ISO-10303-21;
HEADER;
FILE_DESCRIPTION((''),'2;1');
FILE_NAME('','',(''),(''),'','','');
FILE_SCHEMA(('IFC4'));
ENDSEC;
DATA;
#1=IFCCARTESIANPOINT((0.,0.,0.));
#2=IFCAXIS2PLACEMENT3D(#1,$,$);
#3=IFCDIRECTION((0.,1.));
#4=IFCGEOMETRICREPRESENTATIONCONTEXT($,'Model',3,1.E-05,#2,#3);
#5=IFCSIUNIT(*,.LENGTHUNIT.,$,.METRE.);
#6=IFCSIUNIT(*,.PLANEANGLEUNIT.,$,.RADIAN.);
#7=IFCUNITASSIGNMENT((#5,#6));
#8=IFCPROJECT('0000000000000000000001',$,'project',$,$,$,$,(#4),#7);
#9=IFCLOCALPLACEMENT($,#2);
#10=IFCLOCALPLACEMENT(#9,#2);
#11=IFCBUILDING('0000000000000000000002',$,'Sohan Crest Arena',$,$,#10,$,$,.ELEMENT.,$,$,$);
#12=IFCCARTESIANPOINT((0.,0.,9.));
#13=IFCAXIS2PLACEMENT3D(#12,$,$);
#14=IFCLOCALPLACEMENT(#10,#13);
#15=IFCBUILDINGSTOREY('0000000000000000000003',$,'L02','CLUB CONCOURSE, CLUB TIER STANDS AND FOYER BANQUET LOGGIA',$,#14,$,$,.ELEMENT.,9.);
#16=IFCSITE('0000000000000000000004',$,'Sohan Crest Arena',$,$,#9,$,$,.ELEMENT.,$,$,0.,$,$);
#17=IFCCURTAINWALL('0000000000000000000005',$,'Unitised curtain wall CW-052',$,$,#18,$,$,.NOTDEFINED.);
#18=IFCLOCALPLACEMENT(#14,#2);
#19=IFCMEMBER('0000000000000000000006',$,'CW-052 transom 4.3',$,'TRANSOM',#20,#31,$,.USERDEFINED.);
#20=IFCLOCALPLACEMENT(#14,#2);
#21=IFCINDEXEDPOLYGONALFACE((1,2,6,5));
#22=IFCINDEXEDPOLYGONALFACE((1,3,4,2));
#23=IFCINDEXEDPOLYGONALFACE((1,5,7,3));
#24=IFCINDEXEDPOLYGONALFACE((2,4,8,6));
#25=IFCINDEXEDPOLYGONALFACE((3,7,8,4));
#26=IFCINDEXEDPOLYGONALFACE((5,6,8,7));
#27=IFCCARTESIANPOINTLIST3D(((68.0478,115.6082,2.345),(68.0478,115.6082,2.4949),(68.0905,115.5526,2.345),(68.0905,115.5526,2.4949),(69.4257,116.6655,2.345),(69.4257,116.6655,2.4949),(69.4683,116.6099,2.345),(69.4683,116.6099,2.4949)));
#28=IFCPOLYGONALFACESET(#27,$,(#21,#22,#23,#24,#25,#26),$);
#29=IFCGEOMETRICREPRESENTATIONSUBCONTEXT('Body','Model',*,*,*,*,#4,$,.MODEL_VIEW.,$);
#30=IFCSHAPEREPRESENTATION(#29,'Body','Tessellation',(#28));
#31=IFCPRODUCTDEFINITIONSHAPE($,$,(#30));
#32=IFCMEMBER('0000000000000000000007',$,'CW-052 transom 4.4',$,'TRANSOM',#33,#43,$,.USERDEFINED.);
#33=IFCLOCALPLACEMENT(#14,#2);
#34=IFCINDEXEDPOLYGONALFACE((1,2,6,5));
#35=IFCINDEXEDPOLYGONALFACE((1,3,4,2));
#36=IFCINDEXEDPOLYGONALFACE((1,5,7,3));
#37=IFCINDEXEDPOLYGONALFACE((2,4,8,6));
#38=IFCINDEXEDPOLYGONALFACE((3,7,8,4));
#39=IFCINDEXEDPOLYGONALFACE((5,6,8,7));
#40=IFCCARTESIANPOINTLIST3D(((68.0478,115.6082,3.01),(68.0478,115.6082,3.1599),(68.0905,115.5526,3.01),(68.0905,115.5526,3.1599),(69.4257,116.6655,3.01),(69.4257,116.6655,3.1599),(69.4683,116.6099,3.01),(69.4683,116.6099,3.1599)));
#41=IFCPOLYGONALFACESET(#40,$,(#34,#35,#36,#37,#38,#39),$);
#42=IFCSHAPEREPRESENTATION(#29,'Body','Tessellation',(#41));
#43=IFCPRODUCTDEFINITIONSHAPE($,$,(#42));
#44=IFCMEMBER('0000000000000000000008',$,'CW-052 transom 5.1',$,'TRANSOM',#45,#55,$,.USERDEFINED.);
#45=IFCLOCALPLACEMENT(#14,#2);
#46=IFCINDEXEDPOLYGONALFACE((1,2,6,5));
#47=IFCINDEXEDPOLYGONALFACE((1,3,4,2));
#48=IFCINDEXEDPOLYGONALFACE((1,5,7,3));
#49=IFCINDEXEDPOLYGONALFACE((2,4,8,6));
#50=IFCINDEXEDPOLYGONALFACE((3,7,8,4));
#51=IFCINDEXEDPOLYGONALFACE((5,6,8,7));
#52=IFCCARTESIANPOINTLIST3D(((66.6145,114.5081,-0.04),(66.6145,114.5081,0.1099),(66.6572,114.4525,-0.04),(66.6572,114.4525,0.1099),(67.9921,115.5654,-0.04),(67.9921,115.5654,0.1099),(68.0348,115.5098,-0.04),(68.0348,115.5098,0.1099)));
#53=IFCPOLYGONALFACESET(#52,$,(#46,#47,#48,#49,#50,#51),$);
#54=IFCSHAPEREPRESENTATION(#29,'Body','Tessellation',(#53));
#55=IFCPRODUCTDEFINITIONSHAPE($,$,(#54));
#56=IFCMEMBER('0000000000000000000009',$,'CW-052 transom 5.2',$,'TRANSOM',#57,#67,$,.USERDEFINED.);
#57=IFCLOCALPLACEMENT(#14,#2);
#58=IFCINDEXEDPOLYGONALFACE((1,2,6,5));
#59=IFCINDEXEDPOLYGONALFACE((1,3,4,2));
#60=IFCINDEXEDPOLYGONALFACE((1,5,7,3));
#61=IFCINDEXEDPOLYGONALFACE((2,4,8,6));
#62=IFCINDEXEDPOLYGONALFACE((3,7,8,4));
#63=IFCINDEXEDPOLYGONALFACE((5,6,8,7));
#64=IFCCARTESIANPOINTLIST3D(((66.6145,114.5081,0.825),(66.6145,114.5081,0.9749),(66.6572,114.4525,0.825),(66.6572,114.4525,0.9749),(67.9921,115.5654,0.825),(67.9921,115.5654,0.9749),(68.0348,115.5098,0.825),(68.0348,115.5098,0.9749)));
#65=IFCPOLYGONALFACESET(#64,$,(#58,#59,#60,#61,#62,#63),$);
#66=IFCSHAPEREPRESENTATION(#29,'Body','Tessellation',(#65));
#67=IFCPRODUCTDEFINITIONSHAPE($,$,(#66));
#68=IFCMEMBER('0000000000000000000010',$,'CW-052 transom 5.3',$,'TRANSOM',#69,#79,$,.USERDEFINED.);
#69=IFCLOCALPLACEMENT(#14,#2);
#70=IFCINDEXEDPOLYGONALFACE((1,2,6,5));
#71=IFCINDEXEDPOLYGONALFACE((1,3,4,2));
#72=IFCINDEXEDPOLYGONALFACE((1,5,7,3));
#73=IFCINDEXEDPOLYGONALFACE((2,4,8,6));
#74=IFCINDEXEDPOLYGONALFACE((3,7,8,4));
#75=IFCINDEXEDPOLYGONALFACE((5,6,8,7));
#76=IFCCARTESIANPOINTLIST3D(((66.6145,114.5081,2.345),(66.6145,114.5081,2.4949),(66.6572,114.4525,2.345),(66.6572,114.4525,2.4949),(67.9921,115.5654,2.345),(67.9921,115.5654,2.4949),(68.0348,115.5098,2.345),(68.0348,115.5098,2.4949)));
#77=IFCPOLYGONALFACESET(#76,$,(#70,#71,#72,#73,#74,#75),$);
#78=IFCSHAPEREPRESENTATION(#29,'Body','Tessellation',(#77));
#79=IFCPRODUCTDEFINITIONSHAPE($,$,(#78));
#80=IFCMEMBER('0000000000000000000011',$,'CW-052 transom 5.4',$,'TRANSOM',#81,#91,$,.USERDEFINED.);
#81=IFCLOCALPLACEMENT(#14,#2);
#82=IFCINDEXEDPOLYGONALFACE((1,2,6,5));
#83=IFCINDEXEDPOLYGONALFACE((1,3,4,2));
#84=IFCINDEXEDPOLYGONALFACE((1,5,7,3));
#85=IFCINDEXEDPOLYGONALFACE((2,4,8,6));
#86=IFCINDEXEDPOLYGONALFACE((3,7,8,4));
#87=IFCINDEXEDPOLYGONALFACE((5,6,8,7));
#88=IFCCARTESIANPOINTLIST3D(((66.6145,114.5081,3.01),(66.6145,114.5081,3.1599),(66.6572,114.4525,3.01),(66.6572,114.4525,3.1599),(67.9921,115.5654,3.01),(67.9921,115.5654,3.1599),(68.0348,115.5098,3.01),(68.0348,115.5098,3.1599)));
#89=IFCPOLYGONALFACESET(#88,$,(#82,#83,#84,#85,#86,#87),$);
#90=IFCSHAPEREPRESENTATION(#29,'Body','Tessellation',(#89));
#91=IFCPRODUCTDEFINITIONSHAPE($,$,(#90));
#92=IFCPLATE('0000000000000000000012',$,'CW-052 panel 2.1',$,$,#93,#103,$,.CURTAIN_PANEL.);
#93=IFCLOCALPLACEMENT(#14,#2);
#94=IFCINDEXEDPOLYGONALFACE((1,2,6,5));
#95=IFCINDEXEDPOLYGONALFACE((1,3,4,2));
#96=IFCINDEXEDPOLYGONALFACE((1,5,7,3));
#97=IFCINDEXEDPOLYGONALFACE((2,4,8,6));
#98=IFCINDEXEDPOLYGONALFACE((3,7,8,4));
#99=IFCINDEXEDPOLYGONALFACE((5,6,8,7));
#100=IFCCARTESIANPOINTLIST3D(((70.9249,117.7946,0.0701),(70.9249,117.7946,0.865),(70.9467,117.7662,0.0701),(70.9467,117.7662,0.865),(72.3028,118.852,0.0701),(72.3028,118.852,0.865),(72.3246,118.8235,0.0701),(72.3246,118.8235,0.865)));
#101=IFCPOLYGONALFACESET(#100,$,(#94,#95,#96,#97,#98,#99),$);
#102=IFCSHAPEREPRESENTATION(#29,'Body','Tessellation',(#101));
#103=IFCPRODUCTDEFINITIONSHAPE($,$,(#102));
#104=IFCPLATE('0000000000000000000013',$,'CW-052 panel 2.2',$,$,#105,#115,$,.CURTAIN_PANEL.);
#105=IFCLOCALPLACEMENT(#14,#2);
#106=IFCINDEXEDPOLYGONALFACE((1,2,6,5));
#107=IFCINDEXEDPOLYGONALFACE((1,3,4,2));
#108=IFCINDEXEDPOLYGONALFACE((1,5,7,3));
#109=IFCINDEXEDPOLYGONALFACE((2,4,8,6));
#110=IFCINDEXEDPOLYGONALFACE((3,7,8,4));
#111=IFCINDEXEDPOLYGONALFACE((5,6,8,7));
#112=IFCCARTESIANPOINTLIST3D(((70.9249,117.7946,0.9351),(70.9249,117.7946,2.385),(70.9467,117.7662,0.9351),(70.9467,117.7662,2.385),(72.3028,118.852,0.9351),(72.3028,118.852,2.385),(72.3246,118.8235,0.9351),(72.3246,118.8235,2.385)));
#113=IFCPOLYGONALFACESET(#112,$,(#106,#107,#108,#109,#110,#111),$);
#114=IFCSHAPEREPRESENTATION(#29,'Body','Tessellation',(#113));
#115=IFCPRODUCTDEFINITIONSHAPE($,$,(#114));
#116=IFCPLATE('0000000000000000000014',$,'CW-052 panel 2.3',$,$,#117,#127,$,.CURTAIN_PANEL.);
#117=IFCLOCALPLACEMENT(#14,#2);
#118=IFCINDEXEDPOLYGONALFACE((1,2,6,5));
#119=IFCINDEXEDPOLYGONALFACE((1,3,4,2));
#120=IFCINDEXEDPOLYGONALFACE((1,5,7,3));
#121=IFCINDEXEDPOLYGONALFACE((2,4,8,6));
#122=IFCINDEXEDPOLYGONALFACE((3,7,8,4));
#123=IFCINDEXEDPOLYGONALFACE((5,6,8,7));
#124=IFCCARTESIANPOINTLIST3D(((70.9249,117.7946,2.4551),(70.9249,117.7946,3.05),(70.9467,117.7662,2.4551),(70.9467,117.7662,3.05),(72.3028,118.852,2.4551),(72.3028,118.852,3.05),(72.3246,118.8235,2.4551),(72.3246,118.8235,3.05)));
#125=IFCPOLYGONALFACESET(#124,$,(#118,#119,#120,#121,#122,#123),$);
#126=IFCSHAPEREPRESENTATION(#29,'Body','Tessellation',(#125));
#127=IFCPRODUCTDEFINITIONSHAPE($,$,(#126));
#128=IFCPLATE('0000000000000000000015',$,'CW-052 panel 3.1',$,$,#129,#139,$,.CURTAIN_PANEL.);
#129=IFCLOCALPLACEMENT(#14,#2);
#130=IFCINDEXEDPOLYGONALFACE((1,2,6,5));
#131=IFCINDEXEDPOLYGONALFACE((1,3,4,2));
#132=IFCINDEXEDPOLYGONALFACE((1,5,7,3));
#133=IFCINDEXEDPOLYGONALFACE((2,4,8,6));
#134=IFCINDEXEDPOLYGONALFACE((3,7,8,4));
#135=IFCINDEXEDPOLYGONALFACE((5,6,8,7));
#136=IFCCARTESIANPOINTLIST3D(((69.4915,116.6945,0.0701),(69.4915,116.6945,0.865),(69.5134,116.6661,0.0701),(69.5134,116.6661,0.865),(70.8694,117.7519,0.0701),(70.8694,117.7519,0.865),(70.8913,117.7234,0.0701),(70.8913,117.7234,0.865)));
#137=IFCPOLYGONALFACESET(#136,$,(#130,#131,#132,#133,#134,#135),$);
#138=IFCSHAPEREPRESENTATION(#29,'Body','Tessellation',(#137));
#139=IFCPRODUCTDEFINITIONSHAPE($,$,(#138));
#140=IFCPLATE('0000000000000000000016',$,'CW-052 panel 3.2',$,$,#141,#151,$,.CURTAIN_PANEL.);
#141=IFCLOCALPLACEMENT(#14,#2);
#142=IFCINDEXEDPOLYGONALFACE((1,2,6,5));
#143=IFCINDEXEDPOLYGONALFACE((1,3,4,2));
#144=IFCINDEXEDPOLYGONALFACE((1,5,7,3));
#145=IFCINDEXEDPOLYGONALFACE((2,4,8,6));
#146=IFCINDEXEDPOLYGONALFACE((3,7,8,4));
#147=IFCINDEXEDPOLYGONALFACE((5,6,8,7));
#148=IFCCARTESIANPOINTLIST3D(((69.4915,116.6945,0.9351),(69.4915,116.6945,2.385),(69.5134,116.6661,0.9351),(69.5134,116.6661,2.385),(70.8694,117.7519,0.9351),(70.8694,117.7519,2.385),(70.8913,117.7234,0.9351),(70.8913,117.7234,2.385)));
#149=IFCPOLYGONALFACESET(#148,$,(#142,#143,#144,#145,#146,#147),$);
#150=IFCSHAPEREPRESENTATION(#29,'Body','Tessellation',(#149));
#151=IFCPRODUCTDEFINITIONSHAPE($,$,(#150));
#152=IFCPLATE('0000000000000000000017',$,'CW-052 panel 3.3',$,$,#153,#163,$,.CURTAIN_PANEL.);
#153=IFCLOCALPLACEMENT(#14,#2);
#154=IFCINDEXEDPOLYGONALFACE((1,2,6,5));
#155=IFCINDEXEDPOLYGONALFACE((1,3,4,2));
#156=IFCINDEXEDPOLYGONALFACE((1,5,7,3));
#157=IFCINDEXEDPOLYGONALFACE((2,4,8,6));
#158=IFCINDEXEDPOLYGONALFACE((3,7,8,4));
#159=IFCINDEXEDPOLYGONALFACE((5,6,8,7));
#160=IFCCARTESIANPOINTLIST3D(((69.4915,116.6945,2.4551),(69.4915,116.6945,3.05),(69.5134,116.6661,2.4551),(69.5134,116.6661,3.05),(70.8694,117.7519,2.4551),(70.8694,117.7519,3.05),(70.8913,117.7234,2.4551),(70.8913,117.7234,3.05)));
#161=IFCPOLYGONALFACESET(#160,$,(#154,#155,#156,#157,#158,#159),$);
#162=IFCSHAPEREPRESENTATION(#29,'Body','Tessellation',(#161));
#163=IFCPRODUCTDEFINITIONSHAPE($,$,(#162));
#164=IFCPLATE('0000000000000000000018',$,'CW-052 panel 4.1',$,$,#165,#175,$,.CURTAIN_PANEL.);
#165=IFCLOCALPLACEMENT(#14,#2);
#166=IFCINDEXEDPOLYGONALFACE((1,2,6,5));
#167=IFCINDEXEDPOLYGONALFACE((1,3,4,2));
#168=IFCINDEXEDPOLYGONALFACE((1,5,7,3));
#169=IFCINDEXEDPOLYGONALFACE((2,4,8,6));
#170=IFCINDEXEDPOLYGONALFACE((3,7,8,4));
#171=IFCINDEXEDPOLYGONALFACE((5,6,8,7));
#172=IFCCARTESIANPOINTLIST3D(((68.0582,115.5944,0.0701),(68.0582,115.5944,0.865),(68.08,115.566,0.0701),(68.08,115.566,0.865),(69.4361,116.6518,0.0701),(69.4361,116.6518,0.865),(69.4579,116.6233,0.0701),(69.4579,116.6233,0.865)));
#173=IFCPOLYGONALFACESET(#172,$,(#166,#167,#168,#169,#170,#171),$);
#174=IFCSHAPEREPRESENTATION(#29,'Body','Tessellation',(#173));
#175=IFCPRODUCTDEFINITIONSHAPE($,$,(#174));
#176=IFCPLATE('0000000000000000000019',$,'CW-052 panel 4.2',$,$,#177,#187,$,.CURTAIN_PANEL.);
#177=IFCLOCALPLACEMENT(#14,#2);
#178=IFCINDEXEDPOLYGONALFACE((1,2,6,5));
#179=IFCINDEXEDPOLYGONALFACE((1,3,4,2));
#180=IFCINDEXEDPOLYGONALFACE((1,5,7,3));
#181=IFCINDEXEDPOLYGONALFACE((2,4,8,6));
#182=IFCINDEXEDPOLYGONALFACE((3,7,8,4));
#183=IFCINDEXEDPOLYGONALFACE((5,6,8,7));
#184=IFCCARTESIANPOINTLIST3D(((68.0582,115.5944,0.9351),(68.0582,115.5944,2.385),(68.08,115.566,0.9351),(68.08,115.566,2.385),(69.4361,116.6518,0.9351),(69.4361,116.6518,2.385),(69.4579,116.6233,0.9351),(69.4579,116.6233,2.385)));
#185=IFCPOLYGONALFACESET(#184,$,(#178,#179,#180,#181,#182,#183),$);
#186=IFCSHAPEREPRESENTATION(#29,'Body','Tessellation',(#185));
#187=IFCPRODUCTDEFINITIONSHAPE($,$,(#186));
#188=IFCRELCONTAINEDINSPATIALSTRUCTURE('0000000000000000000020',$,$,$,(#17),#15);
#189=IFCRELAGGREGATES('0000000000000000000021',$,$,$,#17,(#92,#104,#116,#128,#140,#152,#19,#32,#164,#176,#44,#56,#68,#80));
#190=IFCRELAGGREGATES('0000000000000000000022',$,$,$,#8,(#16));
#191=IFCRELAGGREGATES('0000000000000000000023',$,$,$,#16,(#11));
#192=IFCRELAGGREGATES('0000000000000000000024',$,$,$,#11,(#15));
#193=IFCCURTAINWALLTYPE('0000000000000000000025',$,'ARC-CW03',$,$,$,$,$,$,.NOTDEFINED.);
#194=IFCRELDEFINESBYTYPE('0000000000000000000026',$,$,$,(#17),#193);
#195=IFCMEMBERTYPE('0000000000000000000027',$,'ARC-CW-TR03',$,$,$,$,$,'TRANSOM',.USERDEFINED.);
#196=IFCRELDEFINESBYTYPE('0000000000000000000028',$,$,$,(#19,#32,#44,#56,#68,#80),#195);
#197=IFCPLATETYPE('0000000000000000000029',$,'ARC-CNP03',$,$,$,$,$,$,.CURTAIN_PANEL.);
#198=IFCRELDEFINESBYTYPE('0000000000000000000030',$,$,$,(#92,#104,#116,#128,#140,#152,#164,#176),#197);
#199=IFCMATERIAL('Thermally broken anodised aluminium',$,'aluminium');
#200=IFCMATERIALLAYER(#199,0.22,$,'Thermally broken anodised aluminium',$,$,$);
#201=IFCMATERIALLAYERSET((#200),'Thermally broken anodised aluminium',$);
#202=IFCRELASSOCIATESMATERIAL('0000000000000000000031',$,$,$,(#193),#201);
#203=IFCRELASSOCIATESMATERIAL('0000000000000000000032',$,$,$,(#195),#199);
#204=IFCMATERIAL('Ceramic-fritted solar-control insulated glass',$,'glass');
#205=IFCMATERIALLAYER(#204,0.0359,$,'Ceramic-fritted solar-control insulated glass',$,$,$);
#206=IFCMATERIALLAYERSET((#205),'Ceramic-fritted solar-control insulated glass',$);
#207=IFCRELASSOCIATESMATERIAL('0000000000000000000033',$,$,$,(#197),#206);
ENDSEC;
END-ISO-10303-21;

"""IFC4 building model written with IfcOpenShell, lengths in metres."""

from ifc_helpers import new_model, si_unit, direction, frame, origin, origin_2d, place, context, subcontext, project, spatial, rectangle, extrude, material, layer, layer_set, material_profile, profile_set, type_object, element, aggregate, save


model = new_model("IFC4")

# Units and contexts
model_context = context("Model", 3, precision=1e-05, world=origin(), true_north=direction((0.0, 1.0)))
body_context = subcontext(model_context, "Body", "Model", "MODEL_VIEW")
ifc_project = project(units=[si_unit("LENGTHUNIT", "METRE"), si_unit("PLANEANGLEUNIT", "RADIAN")], contexts=[model_context])

# Site, building, storey
site_placement = place(None, origin())
site = spatial("IfcSite", under=ifc_project, at=site_placement, Name="Sohan Crest Arena", CompositionType="ELEMENT", RefElevation=0.0)
building_placement = place(site_placement, origin())
building = spatial("IfcBuilding", under=site, at=building_placement, Name="Sohan Crest Arena", CompositionType="ELEMENT")
storey_placement = place(building_placement, frame((0.0, 0.0, 9.0)))
storey = spatial("IfcBuildingStorey", under=building, at=storey_placement, Name="L02", Description="CLUB CONCOURSE, CLUB TIER STANDS AND FOYER BANQUET LOGGIA", CompositionType="ELEMENT", Elevation=9.0)

# Curtain wall, members, plates
ifc_material_1 = material(Name="Thermally broken anodised aluminium", Category="aluminium")
ifc_layer_1 = layer(ifc_material_1, 0.22, Name="Thermally broken anodised aluminium")
ifc_layer_set_1 = layer_set([ifc_layer_1], Name="Thermally broken anodised aluminium")
curtain_wall_type = type_object("IfcCurtainWallType", Name="ARC-CW03", PredefinedType="NOTDEFINED", material=ifc_layer_set_1)
curtain_wall_placement = place(storey_placement, origin())
curtain_wall = element("IfcCurtainWall", 1, at=curtain_wall_placement, inside=storey, type_object=curtain_wall_type, Name="Unitised curtain wall CW-052", PredefinedType="NOTDEFINED")
ifc_material_profile_1 = material_profile(ifc_material_1, rectangle(XDim=0.0701, YDim=0.1499, at=origin_2d()), Name="ALU-TRAN 70x150")
ifc_profile_set_1 = profile_set([ifc_material_profile_1], Name="Thermally broken anodised aluminium")
member_type_1 = type_object("IfcMemberType", Name="ARC-CW-TR03", ElementType="TRANSOM", PredefinedType="USERDEFINED", material=ifc_profile_set_1)
member_1_placement = place(storey_placement, frame((69.447, 116.6377, 2.4199), z_axis=(-0.793339, -0.60878, 0.0), x_axis=(0.60878, -0.793339, 0.0)))
member_1 = element("IfcMember", 2, at=member_1_placement, type_object=member_type_1, Name="CW-052 transom 4.3", ObjectType="TRANSOM", PredefinedType="USERDEFINED", context=body_context, shape_type="SweptSolid", body=[
    extrude(rectangle(XDim=0.0701, YDim=0.1499, at=origin_2d()), origin(), (0.0, 0.0, 1.0), 1.7368),
])
member_2_placement = place(storey_placement, frame((69.447, 116.6377, 3.085), z_axis=(-0.793339, -0.60878, 0.0), x_axis=(0.60878, -0.793339, 0.0)))
member_2 = element("IfcMember", 3, at=member_2_placement, type_object=member_type_1, Name="CW-052 transom 4.4", ObjectType="TRANSOM", PredefinedType="USERDEFINED", context=body_context, shape_type="SweptSolid", body=[
    extrude(rectangle(XDim=0.0701, YDim=0.1499, at=origin_2d()), origin(), (0.0, 0.0, 1.0), 1.7368),
])
member_3_placement = place(storey_placement, frame((68.0134, 115.5376, 0.0349), z_axis=(-0.793287, -0.608848, 0.0), x_axis=(0.608848, -0.793287, 0.0)))
member_3 = element("IfcMember", 4, at=member_3_placement, type_object=member_type_1, Name="CW-052 transom 5.1", ObjectType="TRANSOM", PredefinedType="USERDEFINED", context=body_context, shape_type="SweptSolid", body=[
    extrude(rectangle(XDim=0.0701, YDim=0.1499, at=origin_2d()), origin(), (0.0, 0.0, 1.0), 1.7366),
])
member_4_placement = place(storey_placement, frame((68.0134, 115.5376, 0.8999), z_axis=(-0.793287, -0.608848, 0.0), x_axis=(0.608848, -0.793287, 0.0)))
member_4 = element("IfcMember", 5, at=member_4_placement, type_object=member_type_1, Name="CW-052 transom 5.2", ObjectType="TRANSOM", PredefinedType="USERDEFINED", context=body_context, shape_type="SweptSolid", body=[
    extrude(rectangle(XDim=0.0701, YDim=0.1499, at=origin_2d()), origin(), (0.0, 0.0, 1.0), 1.7366),
])
member_5_placement = place(storey_placement, frame((68.0134, 115.5376, 2.4199), z_axis=(-0.793287, -0.608848, 0.0), x_axis=(0.608848, -0.793287, 0.0)))
member_5 = element("IfcMember", 6, at=member_5_placement, type_object=member_type_1, Name="CW-052 transom 5.3", ObjectType="TRANSOM", PredefinedType="USERDEFINED", context=body_context, shape_type="SweptSolid", body=[
    extrude(rectangle(XDim=0.0701, YDim=0.1499, at=origin_2d()), origin(), (0.0, 0.0, 1.0), 1.7366),
])
member_6_placement = place(storey_placement, frame((68.0134, 115.5376, 3.085), z_axis=(-0.793287, -0.608848, 0.0), x_axis=(0.608848, -0.793287, 0.0)))
member_6 = element("IfcMember", 7, at=member_6_placement, type_object=member_type_1, Name="CW-052 transom 5.4", ObjectType="TRANSOM", PredefinedType="USERDEFINED", context=body_context, shape_type="SweptSolid", body=[
    extrude(rectangle(XDim=0.0701, YDim=0.1499, at=origin_2d()), origin(), (0.0, 0.0, 1.0), 1.7366),
])
ifc_material_2 = material(Name="Ceramic-fritted solar-control insulated glass", Category="glass")
ifc_layer_2 = layer(ifc_material_2, 0.0359, Name="Ceramic-fritted solar-control insulated glass")
ifc_layer_set_2 = layer_set([ifc_layer_2], Name="Ceramic-fritted solar-control insulated glass")
plate_type = type_object("IfcPlateType", Name="ARC-CNP03", PredefinedType="CURTAIN_PANEL", material=ifc_layer_set_2)
plate_1_placement = place(storey_placement, frame((71.6248, 118.3091, 0.0701), z_axis=(0.0, 0.0, 1.0), x_axis=(-0.793329, -0.608793, 0.0)))
plate_1 = element("IfcPlate", 8, at=plate_1_placement, type_object=plate_type, Name="CW-052 panel 2.1", PredefinedType="CURTAIN_PANEL", context=body_context, shape_type="SweptSolid", body=[
    extrude(rectangle(XDim=1.7368, YDim=0.0359, at=origin_2d()), origin(), (0.0, 0.0, 1.0), 0.7949),
])
plate_2_placement = place(storey_placement, frame((71.6248, 118.3091, 0.9351), z_axis=(0.0, 0.0, 1.0), x_axis=(-0.793329, -0.608793, 0.0)))
plate_2 = element("IfcPlate", 9, at=plate_2_placement, type_object=plate_type, Name="CW-052 panel 2.2", PredefinedType="CURTAIN_PANEL", context=body_context, shape_type="SweptSolid", body=[
    extrude(rectangle(XDim=1.7368, YDim=0.0359, at=origin_2d()), origin(), (0.0, 0.0, 1.0), 1.45),
])
plate_3_placement = place(storey_placement, frame((71.6248, 118.3091, 2.4551), z_axis=(0.0, 0.0, 1.0), x_axis=(-0.793329, -0.608793, 0.0)))
plate_3 = element("IfcPlate", 10, at=plate_3_placement, type_object=plate_type, Name="CW-052 panel 2.3", PredefinedType="CURTAIN_PANEL", context=body_context, shape_type="SweptSolid", body=[
    extrude(rectangle(XDim=1.7368, YDim=0.0359, at=origin_2d()), origin(), (0.0, 0.0, 1.0), 0.595),
])
plate_4_placement = place(storey_placement, frame((70.1914, 117.209, 0.0701), z_axis=(0.0, 0.0, 1.0), x_axis=(-0.793329, -0.608793, 0.0)))
plate_4 = element("IfcPlate", 11, at=plate_4_placement, type_object=plate_type, Name="CW-052 panel 3.1", PredefinedType="CURTAIN_PANEL", context=body_context, shape_type="SweptSolid", body=[
    extrude(rectangle(XDim=1.7368, YDim=0.0359, at=origin_2d()), origin(), (0.0, 0.0, 1.0), 0.7949),
])
plate_5_placement = place(storey_placement, frame((70.1914, 117.209, 0.9351), z_axis=(0.0, 0.0, 1.0), x_axis=(-0.793329, -0.608793, 0.0)))
plate_5 = element("IfcPlate", 12, at=plate_5_placement, type_object=plate_type, Name="CW-052 panel 3.2", PredefinedType="CURTAIN_PANEL", context=body_context, shape_type="SweptSolid", body=[
    extrude(rectangle(XDim=1.7368, YDim=0.0359, at=origin_2d()), origin(), (0.0, 0.0, 1.0), 1.45),
])
plate_6_placement = place(storey_placement, frame((70.1914, 117.209, 2.4551), z_axis=(0.0, 0.0, 1.0), x_axis=(-0.793329, -0.608793, 0.0)))
plate_6 = element("IfcPlate", 13, at=plate_6_placement, type_object=plate_type, Name="CW-052 panel 3.3", PredefinedType="CURTAIN_PANEL", context=body_context, shape_type="SweptSolid", body=[
    extrude(rectangle(XDim=1.7368, YDim=0.0359, at=origin_2d()), origin(), (0.0, 0.0, 1.0), 0.595),
])
plate_7_placement = place(storey_placement, frame((68.7581, 116.1089, 0.0701), z_axis=(0.0, 0.0, 1.0), x_axis=(-0.793329, -0.608793, 0.0)))
plate_7 = element("IfcPlate", 14, at=plate_7_placement, type_object=plate_type, Name="CW-052 panel 4.1", PredefinedType="CURTAIN_PANEL", context=body_context, shape_type="SweptSolid", body=[
    extrude(rectangle(XDim=1.7368, YDim=0.0359, at=origin_2d()), origin(), (0.0, 0.0, 1.0), 0.7949),
])
plate_8_placement = place(storey_placement, frame((68.7581, 116.1089, 0.9351), z_axis=(0.0, 0.0, 1.0), x_axis=(-0.793329, -0.608793, 0.0)))
plate_8 = element("IfcPlate", 15, at=plate_8_placement, type_object=plate_type, Name="CW-052 panel 4.2", PredefinedType="CURTAIN_PANEL", context=body_context, shape_type="SweptSolid", body=[
    extrude(rectangle(XDim=1.7368, YDim=0.0359, at=origin_2d()), origin(), (0.0, 0.0, 1.0), 1.45),
])
aggregate(curtain_wall, [plate_1, plate_2, plate_3, plate_4, plate_5, plate_6, member_1, member_2, plate_7, plate_8, member_3, member_4, member_5, member_6])

save(model, "model.ifc")
